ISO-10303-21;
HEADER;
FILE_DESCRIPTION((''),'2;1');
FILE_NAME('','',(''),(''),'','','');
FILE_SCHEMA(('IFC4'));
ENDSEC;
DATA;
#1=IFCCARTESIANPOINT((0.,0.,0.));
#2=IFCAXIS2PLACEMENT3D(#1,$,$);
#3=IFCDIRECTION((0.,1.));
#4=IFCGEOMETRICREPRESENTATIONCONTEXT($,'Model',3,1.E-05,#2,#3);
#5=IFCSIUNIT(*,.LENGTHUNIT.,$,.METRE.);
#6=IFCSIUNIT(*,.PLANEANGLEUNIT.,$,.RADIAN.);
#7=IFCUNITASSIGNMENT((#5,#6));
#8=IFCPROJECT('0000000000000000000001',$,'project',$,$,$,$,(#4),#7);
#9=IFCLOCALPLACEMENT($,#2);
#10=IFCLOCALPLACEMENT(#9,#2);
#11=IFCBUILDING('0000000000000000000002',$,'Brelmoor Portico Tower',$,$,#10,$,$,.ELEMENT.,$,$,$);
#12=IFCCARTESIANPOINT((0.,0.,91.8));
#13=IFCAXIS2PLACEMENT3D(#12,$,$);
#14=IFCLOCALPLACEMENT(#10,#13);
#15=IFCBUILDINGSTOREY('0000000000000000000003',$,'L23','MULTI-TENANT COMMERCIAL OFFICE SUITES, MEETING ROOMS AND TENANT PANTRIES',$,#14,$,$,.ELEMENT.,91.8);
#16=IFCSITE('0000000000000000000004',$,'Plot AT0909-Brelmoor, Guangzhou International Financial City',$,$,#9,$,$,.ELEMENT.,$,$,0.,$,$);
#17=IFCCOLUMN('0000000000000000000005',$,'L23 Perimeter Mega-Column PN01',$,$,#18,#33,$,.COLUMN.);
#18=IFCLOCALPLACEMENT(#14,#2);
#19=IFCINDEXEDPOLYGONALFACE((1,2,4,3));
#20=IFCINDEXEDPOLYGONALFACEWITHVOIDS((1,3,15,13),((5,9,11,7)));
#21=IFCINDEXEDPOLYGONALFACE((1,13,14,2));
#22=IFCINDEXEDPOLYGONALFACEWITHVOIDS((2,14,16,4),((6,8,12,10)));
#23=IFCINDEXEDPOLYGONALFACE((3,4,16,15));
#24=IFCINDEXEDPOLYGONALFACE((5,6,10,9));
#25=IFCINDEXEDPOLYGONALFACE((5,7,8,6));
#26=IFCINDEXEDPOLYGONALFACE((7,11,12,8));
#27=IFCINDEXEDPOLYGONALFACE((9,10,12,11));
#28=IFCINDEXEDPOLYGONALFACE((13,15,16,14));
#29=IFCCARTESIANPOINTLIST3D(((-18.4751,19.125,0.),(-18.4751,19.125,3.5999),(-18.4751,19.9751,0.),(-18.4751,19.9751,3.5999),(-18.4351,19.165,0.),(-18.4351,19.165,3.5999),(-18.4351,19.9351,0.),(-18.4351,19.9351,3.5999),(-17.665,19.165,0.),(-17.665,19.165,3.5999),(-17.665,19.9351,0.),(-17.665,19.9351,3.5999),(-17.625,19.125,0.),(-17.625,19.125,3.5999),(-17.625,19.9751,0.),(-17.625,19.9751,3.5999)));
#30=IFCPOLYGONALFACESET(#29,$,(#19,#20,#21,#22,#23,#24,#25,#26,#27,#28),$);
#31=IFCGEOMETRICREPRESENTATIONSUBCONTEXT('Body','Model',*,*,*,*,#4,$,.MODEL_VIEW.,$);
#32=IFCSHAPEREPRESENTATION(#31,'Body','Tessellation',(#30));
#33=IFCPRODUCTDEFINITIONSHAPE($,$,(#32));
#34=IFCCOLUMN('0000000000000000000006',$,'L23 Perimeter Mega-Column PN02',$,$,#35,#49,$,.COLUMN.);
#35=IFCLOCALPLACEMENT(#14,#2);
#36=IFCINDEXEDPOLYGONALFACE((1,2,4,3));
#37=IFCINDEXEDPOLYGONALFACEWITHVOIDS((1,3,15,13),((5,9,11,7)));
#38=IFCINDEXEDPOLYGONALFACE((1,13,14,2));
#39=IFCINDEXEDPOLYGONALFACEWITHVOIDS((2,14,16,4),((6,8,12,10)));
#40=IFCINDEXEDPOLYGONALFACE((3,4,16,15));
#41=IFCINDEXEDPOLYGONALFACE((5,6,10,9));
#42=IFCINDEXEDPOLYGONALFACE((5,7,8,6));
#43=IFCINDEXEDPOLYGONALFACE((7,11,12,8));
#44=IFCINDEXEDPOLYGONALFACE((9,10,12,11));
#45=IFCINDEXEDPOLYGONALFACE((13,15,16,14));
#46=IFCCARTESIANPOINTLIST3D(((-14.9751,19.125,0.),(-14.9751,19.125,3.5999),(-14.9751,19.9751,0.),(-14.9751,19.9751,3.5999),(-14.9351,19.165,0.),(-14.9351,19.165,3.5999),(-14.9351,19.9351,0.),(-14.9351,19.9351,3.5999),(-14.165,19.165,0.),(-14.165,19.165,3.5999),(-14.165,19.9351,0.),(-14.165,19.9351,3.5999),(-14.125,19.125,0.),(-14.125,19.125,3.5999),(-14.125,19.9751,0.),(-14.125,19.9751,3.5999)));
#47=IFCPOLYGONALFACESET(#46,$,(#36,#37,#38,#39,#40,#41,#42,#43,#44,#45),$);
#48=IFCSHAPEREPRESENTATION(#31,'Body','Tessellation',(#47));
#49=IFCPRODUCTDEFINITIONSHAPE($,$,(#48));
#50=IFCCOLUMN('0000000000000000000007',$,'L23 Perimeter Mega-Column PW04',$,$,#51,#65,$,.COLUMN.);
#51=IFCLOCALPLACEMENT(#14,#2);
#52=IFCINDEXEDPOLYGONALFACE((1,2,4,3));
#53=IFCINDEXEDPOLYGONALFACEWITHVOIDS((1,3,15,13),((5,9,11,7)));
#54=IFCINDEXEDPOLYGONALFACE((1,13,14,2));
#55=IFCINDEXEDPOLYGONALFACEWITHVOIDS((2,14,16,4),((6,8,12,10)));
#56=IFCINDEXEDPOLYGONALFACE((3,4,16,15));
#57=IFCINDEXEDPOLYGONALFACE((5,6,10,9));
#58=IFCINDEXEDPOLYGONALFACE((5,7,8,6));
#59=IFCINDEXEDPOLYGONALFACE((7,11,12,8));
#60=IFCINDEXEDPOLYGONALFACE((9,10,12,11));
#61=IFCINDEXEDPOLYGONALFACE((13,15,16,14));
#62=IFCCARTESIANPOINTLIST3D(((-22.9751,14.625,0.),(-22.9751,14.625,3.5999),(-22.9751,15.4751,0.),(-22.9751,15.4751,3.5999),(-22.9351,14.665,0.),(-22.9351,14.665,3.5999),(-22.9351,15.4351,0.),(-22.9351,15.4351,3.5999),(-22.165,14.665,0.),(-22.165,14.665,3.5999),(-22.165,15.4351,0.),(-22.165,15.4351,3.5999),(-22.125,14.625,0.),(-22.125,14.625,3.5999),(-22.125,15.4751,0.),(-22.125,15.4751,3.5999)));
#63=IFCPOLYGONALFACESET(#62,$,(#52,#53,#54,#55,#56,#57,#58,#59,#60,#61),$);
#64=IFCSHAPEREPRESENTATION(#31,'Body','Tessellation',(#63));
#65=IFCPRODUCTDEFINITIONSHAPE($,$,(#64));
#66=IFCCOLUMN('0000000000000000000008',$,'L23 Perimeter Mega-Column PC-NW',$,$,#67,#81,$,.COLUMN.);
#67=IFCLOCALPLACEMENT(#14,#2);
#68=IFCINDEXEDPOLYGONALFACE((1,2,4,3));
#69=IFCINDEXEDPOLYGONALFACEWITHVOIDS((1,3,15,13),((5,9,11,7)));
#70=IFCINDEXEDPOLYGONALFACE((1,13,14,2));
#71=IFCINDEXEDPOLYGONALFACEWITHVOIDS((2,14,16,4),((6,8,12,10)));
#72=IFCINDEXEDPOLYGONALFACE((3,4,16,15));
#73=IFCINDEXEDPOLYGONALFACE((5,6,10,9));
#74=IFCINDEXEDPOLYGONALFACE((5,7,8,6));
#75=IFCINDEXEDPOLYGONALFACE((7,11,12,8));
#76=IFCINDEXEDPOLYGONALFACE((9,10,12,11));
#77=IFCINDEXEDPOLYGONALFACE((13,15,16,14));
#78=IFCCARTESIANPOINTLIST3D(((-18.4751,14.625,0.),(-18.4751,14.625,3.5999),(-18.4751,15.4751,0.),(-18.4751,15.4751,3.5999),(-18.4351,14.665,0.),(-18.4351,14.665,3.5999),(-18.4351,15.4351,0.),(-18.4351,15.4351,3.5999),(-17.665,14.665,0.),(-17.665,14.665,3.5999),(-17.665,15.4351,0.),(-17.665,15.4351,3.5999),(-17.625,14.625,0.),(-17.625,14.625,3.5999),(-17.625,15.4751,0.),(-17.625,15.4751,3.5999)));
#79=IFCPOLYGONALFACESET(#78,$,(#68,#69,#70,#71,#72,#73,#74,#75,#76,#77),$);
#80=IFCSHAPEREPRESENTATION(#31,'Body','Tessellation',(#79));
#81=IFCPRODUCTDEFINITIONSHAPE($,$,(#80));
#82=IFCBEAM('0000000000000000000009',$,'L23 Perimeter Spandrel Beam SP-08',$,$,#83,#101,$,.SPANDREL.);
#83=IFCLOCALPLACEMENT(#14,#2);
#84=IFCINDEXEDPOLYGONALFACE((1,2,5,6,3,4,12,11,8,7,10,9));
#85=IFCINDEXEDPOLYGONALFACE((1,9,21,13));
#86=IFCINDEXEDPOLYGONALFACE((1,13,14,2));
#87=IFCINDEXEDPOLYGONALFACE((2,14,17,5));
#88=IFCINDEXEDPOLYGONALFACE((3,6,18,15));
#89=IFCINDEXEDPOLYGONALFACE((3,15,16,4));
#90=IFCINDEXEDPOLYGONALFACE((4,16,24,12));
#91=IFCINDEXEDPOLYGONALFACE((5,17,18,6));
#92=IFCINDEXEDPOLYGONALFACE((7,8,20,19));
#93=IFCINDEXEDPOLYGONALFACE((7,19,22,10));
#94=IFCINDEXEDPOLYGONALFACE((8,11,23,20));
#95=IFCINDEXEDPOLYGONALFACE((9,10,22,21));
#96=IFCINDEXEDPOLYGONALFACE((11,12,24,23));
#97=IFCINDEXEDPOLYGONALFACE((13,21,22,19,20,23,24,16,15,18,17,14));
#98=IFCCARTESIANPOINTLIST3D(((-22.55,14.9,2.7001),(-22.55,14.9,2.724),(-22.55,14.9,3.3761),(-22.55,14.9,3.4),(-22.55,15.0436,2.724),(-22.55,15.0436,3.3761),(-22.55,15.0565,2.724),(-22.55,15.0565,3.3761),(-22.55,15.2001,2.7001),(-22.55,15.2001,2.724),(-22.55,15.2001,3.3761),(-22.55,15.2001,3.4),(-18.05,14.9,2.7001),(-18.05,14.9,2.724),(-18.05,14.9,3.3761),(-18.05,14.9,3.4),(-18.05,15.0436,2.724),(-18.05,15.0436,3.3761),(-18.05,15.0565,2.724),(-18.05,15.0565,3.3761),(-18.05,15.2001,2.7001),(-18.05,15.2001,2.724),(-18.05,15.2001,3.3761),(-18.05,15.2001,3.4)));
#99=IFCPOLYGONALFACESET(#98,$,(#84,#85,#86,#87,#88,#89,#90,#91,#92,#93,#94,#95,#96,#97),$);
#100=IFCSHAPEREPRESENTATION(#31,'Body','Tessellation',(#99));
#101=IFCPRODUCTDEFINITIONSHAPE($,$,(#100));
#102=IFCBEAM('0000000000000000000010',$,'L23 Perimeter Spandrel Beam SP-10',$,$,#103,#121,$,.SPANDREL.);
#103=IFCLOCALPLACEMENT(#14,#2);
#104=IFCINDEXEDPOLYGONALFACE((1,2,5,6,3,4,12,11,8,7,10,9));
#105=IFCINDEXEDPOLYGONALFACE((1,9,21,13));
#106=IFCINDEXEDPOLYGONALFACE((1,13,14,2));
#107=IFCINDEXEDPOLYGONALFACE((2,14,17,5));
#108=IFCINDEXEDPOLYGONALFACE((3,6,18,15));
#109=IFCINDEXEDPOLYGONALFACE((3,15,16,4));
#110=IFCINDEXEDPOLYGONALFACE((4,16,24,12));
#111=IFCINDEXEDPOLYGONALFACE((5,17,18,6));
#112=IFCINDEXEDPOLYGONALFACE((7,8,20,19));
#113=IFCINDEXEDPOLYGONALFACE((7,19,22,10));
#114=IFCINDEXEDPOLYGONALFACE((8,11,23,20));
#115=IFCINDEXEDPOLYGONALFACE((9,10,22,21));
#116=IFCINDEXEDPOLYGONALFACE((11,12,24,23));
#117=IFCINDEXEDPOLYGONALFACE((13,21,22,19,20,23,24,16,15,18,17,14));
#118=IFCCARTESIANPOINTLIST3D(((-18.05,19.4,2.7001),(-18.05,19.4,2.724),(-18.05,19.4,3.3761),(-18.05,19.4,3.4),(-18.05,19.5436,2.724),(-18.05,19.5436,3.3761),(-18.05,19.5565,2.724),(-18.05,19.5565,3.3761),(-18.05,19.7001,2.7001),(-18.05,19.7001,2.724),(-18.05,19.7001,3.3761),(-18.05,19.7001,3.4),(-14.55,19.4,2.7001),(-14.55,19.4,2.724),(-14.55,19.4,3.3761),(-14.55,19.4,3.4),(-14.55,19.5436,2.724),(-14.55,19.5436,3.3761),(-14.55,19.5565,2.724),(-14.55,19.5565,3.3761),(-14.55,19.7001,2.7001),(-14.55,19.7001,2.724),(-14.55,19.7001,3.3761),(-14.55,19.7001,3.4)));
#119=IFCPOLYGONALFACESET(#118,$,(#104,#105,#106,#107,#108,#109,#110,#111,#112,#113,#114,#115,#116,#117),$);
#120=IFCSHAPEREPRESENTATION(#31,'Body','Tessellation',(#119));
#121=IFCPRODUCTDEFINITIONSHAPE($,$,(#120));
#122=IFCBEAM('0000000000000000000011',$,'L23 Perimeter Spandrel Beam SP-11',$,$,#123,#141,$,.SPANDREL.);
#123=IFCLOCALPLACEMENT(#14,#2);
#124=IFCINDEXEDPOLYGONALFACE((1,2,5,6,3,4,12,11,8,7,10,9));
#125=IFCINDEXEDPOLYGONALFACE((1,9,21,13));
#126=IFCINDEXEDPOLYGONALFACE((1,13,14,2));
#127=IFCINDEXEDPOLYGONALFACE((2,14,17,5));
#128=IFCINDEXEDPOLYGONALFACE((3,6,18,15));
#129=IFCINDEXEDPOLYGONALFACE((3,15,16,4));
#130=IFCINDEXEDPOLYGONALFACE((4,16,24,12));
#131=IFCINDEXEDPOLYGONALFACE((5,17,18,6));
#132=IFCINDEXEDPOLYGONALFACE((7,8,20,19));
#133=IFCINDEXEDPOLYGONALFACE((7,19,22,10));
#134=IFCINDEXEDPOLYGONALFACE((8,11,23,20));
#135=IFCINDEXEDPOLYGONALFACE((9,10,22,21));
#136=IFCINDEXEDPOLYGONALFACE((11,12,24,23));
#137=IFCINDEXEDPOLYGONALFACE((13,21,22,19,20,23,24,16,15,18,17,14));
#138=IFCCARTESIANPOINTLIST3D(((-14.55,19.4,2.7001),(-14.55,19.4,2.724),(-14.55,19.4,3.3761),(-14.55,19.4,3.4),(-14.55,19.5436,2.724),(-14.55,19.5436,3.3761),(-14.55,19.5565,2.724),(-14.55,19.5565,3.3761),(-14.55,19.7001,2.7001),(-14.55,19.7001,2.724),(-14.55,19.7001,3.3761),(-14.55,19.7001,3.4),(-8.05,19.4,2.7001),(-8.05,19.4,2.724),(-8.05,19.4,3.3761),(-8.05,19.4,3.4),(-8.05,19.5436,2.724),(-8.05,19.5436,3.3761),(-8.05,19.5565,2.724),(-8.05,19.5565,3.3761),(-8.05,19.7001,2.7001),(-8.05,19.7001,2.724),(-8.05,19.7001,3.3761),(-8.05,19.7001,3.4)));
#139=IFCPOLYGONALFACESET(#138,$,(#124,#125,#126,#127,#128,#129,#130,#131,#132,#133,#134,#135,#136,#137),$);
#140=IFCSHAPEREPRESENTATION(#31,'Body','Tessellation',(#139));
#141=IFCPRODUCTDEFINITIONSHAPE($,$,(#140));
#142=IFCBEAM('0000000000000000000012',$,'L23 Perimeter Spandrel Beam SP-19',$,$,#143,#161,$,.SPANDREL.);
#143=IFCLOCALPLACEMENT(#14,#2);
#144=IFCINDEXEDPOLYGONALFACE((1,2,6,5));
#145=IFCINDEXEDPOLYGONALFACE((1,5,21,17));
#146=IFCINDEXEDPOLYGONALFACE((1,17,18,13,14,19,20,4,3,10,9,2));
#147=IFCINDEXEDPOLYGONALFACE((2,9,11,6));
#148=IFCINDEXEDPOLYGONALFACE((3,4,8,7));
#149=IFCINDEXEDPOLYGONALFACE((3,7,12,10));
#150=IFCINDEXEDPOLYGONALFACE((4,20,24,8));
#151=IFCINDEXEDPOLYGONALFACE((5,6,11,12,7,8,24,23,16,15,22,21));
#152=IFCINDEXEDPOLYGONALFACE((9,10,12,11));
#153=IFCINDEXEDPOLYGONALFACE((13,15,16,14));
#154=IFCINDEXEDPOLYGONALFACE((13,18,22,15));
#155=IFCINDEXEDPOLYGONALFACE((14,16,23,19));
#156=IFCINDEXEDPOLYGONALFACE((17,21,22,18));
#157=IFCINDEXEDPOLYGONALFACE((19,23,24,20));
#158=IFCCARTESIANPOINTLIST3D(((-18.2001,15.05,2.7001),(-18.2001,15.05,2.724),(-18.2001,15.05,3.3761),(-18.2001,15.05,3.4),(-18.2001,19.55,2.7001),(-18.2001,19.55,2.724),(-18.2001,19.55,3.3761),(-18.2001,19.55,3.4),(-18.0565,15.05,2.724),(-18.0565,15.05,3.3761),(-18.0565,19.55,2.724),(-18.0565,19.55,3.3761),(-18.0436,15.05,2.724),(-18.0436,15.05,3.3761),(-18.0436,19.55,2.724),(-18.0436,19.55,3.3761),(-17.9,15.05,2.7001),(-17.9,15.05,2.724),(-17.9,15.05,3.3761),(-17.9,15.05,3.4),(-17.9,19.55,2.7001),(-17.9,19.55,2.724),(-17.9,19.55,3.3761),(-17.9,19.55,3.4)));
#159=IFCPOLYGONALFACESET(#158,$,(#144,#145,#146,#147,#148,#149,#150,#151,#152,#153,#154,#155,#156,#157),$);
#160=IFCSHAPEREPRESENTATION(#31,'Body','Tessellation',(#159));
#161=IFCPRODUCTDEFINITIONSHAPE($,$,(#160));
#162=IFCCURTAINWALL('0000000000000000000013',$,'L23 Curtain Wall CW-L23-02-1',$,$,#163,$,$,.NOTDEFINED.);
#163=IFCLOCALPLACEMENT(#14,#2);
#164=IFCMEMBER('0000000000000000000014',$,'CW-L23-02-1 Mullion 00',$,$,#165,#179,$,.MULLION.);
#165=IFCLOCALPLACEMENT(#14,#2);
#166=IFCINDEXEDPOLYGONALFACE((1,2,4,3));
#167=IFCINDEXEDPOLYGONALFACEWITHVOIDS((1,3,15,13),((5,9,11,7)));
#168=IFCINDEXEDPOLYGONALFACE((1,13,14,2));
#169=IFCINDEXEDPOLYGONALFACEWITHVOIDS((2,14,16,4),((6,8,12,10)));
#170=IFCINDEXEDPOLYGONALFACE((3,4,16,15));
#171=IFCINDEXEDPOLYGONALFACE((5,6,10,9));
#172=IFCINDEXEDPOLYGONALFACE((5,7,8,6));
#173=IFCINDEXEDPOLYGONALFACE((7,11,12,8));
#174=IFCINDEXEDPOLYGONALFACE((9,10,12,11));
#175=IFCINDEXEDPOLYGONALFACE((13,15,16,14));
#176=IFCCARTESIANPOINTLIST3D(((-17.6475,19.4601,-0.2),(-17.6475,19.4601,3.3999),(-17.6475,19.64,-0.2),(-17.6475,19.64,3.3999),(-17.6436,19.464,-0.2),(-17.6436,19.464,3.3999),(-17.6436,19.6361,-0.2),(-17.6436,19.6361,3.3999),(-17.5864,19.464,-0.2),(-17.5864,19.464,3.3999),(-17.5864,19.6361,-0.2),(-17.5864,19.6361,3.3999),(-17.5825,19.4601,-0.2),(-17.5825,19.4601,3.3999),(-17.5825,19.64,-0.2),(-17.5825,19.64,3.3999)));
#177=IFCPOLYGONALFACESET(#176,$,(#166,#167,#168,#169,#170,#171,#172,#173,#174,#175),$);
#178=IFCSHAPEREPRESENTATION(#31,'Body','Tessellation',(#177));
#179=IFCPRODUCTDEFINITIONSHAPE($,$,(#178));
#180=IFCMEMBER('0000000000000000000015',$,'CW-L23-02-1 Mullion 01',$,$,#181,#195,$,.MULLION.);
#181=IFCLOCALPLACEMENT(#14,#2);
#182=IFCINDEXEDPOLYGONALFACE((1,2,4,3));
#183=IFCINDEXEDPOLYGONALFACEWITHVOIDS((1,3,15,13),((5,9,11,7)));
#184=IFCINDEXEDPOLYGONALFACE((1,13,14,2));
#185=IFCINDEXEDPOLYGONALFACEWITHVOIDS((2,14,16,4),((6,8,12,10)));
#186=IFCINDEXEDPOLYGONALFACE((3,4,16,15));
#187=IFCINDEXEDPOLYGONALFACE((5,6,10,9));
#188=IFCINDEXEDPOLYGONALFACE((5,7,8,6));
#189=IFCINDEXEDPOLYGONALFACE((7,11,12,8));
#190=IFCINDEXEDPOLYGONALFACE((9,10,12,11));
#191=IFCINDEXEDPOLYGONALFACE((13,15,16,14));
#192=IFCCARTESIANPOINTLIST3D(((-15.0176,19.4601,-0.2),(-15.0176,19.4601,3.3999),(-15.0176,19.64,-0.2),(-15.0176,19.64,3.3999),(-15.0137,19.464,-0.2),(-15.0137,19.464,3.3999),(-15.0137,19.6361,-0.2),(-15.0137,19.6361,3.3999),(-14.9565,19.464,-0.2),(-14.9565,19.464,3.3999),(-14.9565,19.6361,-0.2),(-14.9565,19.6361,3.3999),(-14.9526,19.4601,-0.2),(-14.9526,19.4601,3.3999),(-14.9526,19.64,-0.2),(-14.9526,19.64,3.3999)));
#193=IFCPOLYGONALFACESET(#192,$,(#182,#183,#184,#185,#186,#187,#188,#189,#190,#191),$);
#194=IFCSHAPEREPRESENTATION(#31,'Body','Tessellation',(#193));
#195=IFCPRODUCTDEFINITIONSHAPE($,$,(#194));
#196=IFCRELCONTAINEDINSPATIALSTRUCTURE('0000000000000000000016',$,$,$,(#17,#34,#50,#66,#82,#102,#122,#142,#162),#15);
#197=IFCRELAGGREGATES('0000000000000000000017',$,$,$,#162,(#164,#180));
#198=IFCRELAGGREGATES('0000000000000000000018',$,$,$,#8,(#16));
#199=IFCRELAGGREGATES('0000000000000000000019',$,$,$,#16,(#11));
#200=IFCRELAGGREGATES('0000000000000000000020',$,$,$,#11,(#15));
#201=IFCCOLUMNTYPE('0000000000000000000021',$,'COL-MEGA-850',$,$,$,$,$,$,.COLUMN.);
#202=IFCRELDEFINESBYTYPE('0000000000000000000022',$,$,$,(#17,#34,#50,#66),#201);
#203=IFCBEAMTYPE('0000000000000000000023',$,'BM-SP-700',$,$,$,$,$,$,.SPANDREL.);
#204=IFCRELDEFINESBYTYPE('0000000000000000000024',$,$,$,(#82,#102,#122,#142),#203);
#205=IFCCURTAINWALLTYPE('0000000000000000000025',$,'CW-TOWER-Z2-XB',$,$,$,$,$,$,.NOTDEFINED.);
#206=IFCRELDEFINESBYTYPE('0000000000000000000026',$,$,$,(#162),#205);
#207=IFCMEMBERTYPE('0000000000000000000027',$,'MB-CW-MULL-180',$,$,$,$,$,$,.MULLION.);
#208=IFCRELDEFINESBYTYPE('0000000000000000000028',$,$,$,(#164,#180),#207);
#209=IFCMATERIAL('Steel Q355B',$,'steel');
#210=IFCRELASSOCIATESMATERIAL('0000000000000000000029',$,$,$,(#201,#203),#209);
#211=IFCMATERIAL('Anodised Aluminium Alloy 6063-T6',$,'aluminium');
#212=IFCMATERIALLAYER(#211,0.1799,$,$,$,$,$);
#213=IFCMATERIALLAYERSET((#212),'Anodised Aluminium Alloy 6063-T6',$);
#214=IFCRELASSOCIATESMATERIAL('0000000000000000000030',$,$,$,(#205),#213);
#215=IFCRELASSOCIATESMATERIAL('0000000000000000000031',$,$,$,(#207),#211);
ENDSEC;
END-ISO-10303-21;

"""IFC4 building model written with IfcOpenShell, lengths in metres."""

from ifc_helpers import new_model, si_unit, direction, frame, origin, origin_2d, place, context, subcontext, project, spatial, hollow_rectangle, i_section, extrude, material, layer, layer_set, material_profile, profile_set, type_object, element, aggregate, save


model = new_model("IFC4")

# Units and contexts
model_context = context("Model", 3, precision=1e-05, world=origin(), true_north=direction((0.0, 1.0)))
body_context = subcontext(model_context, "Body", "Model", "MODEL_VIEW")
ifc_project = project(units=[si_unit("LENGTHUNIT", "METRE"), si_unit("PLANEANGLEUNIT", "RADIAN")], contexts=[model_context])

# Site, building, storey
site_placement = place(None, origin())
site = spatial("IfcSite", under=ifc_project, at=site_placement, Name="Plot AT0909-Brelmoor, Guangzhou International Financial City", CompositionType="ELEMENT", RefElevation=0.0)
building_placement = place(site_placement, origin())
building = spatial("IfcBuilding", under=site, at=building_placement, Name="Brelmoor Portico Tower", CompositionType="ELEMENT")
storey_placement = place(building_placement, frame((0.0, 0.0, 91.8)))
storey = spatial("IfcBuildingStorey", under=building, at=storey_placement, Name="L23", Description="MULTI-TENANT COMMERCIAL OFFICE SUITES, MEETING ROOMS AND TENANT PANTRIES", CompositionType="ELEMENT", Elevation=91.8)

# Columns
ifc_material_1 = material(Name="Steel Q355B", Category="steel")
ifc_material_profile_1 = material_profile(ifc_material_1, hollow_rectangle(XDim=0.8501, YDim=0.8501, WallThickness=0.04, at=origin_2d()), Name="BOX 850x850x40")
ifc_profile_set_1 = profile_set([ifc_material_profile_1], Name="Steel Q355B")
column_type = type_object("IfcColumnType", Name="COL-MEGA-850", PredefinedType="COLUMN", material=ifc_profile_set_1)
for number, where, z_axis, x_axis, name in (
    (1, (-18.05, 19.55, 0.0), (0.0, 0.0, 1.0), (1.0, 0.0, 0.0), "L23 Perimeter Mega-Column PN01"),
    (2, (-14.55, 19.55, 0.0), (0.0, 0.0, 1.0), (1.0, 0.0, 0.0), "L23 Perimeter Mega-Column PN02"),
    (3, (-22.55, 15.05, 0.0), (0.0, 0.0, 1.0), (0.0, 1.0, 0.0), "L23 Perimeter Mega-Column PW04"),
    (4, (-18.05, 15.05, 0.0), (0.0, 0.0, 1.0), (1.0, 0.0, 0.0), "L23 Perimeter Mega-Column PC-NW"),
):
    element("IfcColumn", number, at=place(storey_placement, frame(where, z_axis=z_axis, x_axis=x_axis)), inside=storey, type_object=column_type, Name=name, PredefinedType="COLUMN", context=body_context, shape_type="SweptSolid", body=[
        extrude(hollow_rectangle(XDim=0.8501, YDim=0.8501, WallThickness=0.04, at=origin_2d()), origin(), (0.0, 0.0, 1.0), 3.5999),
    ])

# Beams
ifc_material_profile_2 = material_profile(ifc_material_1, i_section(OverallWidth=0.3, OverallDepth=0.7, WebThickness=0.0129, FlangeThickness=0.0239, at=origin_2d()), Name="HN 700x300x13x24")
ifc_profile_set_2 = profile_set([ifc_material_profile_2], Name="Steel Q355B")
beam_type = type_object("IfcBeamType", Name="BM-SP-700", PredefinedType="SPANDREL", material=ifc_profile_set_2)
beam_1_placement = place(storey_placement, frame((-22.55, 15.05, 3.05), z_axis=(1.0, 0.0, 0.0), x_axis=(0.0, 1.0, 0.0)))
element("IfcBeam", 5, at=beam_1_placement, inside=storey, type_object=beam_type, Name="L23 Perimeter Spandrel Beam SP-08", PredefinedType="SPANDREL", context=body_context, shape_type="SweptSolid", body=[
    extrude(i_section(OverallWidth=0.3, OverallDepth=0.7, WebThickness=0.0129, FlangeThickness=0.0239, at=origin_2d()), origin(), (0.0, 0.0, 1.0), 4.5),
])
beam_2_placement = place(storey_placement, frame((-18.05, 19.55, 3.05), z_axis=(1.0, 0.0, 0.0), x_axis=(0.0, 1.0, 0.0)))
element("IfcBeam", 6, at=beam_2_placement, inside=storey, type_object=beam_type, Name="L23 Perimeter Spandrel Beam SP-10", PredefinedType="SPANDREL", context=body_context, shape_type="SweptSolid", body=[
    extrude(i_section(OverallWidth=0.3, OverallDepth=0.7, WebThickness=0.0129, FlangeThickness=0.0239, at=origin_2d()), origin(), (0.0, 0.0, 1.0), 3.5),
])
beam_3_placement = place(storey_placement, frame((-14.55, 19.55, 3.05), z_axis=(1.0, 0.0, 0.0), x_axis=(0.0, 1.0, 0.0)))
element("IfcBeam", 7, at=beam_3_placement, inside=storey, type_object=beam_type, Name="L23 Perimeter Spandrel Beam SP-11", PredefinedType="SPANDREL", context=body_context, shape_type="SweptSolid", body=[
    extrude(i_section(OverallWidth=0.3, OverallDepth=0.7, WebThickness=0.0129, FlangeThickness=0.0239, at=origin_2d()), origin(), (0.0, 0.0, 1.0), 6.5),
])
beam_4_placement = place(storey_placement, frame((-18.05, 15.05, 3.05), z_axis=(0.0, 1.0, 0.0), x_axis=(-1.0, 0.0, 0.0)))
element("IfcBeam", 8, at=beam_4_placement, inside=storey, type_object=beam_type, Name="L23 Perimeter Spandrel Beam SP-19", PredefinedType="SPANDREL", context=body_context, shape_type="SweptSolid", body=[
    extrude(i_section(OverallWidth=0.3, OverallDepth=0.7, WebThickness=0.0129, FlangeThickness=0.0239, at=origin_2d()), origin(), (0.0, 0.0, 1.0), 4.5),
])

# Curtain wall, members
ifc_material_2 = material(Name="Anodised Aluminium Alloy 6063-T6", Category="aluminium")
ifc_layer_1 = layer(ifc_material_2, 0.1799)
ifc_layer_set_1 = layer_set([ifc_layer_1], Name="Anodised Aluminium Alloy 6063-T6")
curtain_wall_type_1 = type_object("IfcCurtainWallType", Name="CW-TOWER-Z2-XB", PredefinedType="NOTDEFINED", material=ifc_layer_set_1)
curtain_wall_1_placement = place(storey_placement, origin())
curtain_wall_1 = element("IfcCurtainWall", 9, at=curtain_wall_1_placement, inside=storey, type_object=curtain_wall_type_1, Name="L23 Curtain Wall CW-L23-02-1", PredefinedType="NOTDEFINED")
ifc_material_profile_3 = material_profile(ifc_material_2, hollow_rectangle(XDim=0.0649, YDim=0.1799, WallThickness=0.0039, at=origin_2d()), Name="ALU MULLION 65x180")
ifc_profile_set_3 = profile_set([ifc_material_profile_3], Name="Anodised Aluminium Alloy 6063-T6")
member_type_1 = type_object("IfcMemberType", Name="MB-CW-MULL-180", PredefinedType="MULLION", material=ifc_profile_set_3)
member_1_placement = place(storey_placement, frame((-17.615, 19.55, -0.2), z_axis=(0.0, 0.0, 1.0), x_axis=(1.0, 0.0, 0.0)))
member_1 = element("IfcMember", 10, at=member_1_placement, type_object=member_type_1, Name="CW-L23-02-1 Mullion 00", PredefinedType="MULLION", context=body_context, shape_type="SweptSolid", body=[
    extrude(hollow_rectangle(XDim=0.0649, YDim=0.1799, WallThickness=0.0039, at=origin_2d()), origin(), (0.0, 0.0, 1.0), 3.5999),
])
member_2_placement = place(storey_placement, frame((-14.9851, 19.55, -0.2), z_axis=(0.0, 0.0, 1.0), x_axis=(1.0, 0.0, 0.0)))
member_2 = element("IfcMember", 11, at=member_2_placement, type_object=member_type_1, Name="CW-L23-02-1 Mullion 01", PredefinedType="MULLION", context=body_context, shape_type="SweptSolid", body=[
    extrude(hollow_rectangle(XDim=0.0649, YDim=0.1799, WallThickness=0.0039, at=origin_2d()), origin(), (0.0, 0.0, 1.0), 3.5999),
])

aggregate(curtain_wall_1, [member_1, member_2])

save(model, "model.ifc")
